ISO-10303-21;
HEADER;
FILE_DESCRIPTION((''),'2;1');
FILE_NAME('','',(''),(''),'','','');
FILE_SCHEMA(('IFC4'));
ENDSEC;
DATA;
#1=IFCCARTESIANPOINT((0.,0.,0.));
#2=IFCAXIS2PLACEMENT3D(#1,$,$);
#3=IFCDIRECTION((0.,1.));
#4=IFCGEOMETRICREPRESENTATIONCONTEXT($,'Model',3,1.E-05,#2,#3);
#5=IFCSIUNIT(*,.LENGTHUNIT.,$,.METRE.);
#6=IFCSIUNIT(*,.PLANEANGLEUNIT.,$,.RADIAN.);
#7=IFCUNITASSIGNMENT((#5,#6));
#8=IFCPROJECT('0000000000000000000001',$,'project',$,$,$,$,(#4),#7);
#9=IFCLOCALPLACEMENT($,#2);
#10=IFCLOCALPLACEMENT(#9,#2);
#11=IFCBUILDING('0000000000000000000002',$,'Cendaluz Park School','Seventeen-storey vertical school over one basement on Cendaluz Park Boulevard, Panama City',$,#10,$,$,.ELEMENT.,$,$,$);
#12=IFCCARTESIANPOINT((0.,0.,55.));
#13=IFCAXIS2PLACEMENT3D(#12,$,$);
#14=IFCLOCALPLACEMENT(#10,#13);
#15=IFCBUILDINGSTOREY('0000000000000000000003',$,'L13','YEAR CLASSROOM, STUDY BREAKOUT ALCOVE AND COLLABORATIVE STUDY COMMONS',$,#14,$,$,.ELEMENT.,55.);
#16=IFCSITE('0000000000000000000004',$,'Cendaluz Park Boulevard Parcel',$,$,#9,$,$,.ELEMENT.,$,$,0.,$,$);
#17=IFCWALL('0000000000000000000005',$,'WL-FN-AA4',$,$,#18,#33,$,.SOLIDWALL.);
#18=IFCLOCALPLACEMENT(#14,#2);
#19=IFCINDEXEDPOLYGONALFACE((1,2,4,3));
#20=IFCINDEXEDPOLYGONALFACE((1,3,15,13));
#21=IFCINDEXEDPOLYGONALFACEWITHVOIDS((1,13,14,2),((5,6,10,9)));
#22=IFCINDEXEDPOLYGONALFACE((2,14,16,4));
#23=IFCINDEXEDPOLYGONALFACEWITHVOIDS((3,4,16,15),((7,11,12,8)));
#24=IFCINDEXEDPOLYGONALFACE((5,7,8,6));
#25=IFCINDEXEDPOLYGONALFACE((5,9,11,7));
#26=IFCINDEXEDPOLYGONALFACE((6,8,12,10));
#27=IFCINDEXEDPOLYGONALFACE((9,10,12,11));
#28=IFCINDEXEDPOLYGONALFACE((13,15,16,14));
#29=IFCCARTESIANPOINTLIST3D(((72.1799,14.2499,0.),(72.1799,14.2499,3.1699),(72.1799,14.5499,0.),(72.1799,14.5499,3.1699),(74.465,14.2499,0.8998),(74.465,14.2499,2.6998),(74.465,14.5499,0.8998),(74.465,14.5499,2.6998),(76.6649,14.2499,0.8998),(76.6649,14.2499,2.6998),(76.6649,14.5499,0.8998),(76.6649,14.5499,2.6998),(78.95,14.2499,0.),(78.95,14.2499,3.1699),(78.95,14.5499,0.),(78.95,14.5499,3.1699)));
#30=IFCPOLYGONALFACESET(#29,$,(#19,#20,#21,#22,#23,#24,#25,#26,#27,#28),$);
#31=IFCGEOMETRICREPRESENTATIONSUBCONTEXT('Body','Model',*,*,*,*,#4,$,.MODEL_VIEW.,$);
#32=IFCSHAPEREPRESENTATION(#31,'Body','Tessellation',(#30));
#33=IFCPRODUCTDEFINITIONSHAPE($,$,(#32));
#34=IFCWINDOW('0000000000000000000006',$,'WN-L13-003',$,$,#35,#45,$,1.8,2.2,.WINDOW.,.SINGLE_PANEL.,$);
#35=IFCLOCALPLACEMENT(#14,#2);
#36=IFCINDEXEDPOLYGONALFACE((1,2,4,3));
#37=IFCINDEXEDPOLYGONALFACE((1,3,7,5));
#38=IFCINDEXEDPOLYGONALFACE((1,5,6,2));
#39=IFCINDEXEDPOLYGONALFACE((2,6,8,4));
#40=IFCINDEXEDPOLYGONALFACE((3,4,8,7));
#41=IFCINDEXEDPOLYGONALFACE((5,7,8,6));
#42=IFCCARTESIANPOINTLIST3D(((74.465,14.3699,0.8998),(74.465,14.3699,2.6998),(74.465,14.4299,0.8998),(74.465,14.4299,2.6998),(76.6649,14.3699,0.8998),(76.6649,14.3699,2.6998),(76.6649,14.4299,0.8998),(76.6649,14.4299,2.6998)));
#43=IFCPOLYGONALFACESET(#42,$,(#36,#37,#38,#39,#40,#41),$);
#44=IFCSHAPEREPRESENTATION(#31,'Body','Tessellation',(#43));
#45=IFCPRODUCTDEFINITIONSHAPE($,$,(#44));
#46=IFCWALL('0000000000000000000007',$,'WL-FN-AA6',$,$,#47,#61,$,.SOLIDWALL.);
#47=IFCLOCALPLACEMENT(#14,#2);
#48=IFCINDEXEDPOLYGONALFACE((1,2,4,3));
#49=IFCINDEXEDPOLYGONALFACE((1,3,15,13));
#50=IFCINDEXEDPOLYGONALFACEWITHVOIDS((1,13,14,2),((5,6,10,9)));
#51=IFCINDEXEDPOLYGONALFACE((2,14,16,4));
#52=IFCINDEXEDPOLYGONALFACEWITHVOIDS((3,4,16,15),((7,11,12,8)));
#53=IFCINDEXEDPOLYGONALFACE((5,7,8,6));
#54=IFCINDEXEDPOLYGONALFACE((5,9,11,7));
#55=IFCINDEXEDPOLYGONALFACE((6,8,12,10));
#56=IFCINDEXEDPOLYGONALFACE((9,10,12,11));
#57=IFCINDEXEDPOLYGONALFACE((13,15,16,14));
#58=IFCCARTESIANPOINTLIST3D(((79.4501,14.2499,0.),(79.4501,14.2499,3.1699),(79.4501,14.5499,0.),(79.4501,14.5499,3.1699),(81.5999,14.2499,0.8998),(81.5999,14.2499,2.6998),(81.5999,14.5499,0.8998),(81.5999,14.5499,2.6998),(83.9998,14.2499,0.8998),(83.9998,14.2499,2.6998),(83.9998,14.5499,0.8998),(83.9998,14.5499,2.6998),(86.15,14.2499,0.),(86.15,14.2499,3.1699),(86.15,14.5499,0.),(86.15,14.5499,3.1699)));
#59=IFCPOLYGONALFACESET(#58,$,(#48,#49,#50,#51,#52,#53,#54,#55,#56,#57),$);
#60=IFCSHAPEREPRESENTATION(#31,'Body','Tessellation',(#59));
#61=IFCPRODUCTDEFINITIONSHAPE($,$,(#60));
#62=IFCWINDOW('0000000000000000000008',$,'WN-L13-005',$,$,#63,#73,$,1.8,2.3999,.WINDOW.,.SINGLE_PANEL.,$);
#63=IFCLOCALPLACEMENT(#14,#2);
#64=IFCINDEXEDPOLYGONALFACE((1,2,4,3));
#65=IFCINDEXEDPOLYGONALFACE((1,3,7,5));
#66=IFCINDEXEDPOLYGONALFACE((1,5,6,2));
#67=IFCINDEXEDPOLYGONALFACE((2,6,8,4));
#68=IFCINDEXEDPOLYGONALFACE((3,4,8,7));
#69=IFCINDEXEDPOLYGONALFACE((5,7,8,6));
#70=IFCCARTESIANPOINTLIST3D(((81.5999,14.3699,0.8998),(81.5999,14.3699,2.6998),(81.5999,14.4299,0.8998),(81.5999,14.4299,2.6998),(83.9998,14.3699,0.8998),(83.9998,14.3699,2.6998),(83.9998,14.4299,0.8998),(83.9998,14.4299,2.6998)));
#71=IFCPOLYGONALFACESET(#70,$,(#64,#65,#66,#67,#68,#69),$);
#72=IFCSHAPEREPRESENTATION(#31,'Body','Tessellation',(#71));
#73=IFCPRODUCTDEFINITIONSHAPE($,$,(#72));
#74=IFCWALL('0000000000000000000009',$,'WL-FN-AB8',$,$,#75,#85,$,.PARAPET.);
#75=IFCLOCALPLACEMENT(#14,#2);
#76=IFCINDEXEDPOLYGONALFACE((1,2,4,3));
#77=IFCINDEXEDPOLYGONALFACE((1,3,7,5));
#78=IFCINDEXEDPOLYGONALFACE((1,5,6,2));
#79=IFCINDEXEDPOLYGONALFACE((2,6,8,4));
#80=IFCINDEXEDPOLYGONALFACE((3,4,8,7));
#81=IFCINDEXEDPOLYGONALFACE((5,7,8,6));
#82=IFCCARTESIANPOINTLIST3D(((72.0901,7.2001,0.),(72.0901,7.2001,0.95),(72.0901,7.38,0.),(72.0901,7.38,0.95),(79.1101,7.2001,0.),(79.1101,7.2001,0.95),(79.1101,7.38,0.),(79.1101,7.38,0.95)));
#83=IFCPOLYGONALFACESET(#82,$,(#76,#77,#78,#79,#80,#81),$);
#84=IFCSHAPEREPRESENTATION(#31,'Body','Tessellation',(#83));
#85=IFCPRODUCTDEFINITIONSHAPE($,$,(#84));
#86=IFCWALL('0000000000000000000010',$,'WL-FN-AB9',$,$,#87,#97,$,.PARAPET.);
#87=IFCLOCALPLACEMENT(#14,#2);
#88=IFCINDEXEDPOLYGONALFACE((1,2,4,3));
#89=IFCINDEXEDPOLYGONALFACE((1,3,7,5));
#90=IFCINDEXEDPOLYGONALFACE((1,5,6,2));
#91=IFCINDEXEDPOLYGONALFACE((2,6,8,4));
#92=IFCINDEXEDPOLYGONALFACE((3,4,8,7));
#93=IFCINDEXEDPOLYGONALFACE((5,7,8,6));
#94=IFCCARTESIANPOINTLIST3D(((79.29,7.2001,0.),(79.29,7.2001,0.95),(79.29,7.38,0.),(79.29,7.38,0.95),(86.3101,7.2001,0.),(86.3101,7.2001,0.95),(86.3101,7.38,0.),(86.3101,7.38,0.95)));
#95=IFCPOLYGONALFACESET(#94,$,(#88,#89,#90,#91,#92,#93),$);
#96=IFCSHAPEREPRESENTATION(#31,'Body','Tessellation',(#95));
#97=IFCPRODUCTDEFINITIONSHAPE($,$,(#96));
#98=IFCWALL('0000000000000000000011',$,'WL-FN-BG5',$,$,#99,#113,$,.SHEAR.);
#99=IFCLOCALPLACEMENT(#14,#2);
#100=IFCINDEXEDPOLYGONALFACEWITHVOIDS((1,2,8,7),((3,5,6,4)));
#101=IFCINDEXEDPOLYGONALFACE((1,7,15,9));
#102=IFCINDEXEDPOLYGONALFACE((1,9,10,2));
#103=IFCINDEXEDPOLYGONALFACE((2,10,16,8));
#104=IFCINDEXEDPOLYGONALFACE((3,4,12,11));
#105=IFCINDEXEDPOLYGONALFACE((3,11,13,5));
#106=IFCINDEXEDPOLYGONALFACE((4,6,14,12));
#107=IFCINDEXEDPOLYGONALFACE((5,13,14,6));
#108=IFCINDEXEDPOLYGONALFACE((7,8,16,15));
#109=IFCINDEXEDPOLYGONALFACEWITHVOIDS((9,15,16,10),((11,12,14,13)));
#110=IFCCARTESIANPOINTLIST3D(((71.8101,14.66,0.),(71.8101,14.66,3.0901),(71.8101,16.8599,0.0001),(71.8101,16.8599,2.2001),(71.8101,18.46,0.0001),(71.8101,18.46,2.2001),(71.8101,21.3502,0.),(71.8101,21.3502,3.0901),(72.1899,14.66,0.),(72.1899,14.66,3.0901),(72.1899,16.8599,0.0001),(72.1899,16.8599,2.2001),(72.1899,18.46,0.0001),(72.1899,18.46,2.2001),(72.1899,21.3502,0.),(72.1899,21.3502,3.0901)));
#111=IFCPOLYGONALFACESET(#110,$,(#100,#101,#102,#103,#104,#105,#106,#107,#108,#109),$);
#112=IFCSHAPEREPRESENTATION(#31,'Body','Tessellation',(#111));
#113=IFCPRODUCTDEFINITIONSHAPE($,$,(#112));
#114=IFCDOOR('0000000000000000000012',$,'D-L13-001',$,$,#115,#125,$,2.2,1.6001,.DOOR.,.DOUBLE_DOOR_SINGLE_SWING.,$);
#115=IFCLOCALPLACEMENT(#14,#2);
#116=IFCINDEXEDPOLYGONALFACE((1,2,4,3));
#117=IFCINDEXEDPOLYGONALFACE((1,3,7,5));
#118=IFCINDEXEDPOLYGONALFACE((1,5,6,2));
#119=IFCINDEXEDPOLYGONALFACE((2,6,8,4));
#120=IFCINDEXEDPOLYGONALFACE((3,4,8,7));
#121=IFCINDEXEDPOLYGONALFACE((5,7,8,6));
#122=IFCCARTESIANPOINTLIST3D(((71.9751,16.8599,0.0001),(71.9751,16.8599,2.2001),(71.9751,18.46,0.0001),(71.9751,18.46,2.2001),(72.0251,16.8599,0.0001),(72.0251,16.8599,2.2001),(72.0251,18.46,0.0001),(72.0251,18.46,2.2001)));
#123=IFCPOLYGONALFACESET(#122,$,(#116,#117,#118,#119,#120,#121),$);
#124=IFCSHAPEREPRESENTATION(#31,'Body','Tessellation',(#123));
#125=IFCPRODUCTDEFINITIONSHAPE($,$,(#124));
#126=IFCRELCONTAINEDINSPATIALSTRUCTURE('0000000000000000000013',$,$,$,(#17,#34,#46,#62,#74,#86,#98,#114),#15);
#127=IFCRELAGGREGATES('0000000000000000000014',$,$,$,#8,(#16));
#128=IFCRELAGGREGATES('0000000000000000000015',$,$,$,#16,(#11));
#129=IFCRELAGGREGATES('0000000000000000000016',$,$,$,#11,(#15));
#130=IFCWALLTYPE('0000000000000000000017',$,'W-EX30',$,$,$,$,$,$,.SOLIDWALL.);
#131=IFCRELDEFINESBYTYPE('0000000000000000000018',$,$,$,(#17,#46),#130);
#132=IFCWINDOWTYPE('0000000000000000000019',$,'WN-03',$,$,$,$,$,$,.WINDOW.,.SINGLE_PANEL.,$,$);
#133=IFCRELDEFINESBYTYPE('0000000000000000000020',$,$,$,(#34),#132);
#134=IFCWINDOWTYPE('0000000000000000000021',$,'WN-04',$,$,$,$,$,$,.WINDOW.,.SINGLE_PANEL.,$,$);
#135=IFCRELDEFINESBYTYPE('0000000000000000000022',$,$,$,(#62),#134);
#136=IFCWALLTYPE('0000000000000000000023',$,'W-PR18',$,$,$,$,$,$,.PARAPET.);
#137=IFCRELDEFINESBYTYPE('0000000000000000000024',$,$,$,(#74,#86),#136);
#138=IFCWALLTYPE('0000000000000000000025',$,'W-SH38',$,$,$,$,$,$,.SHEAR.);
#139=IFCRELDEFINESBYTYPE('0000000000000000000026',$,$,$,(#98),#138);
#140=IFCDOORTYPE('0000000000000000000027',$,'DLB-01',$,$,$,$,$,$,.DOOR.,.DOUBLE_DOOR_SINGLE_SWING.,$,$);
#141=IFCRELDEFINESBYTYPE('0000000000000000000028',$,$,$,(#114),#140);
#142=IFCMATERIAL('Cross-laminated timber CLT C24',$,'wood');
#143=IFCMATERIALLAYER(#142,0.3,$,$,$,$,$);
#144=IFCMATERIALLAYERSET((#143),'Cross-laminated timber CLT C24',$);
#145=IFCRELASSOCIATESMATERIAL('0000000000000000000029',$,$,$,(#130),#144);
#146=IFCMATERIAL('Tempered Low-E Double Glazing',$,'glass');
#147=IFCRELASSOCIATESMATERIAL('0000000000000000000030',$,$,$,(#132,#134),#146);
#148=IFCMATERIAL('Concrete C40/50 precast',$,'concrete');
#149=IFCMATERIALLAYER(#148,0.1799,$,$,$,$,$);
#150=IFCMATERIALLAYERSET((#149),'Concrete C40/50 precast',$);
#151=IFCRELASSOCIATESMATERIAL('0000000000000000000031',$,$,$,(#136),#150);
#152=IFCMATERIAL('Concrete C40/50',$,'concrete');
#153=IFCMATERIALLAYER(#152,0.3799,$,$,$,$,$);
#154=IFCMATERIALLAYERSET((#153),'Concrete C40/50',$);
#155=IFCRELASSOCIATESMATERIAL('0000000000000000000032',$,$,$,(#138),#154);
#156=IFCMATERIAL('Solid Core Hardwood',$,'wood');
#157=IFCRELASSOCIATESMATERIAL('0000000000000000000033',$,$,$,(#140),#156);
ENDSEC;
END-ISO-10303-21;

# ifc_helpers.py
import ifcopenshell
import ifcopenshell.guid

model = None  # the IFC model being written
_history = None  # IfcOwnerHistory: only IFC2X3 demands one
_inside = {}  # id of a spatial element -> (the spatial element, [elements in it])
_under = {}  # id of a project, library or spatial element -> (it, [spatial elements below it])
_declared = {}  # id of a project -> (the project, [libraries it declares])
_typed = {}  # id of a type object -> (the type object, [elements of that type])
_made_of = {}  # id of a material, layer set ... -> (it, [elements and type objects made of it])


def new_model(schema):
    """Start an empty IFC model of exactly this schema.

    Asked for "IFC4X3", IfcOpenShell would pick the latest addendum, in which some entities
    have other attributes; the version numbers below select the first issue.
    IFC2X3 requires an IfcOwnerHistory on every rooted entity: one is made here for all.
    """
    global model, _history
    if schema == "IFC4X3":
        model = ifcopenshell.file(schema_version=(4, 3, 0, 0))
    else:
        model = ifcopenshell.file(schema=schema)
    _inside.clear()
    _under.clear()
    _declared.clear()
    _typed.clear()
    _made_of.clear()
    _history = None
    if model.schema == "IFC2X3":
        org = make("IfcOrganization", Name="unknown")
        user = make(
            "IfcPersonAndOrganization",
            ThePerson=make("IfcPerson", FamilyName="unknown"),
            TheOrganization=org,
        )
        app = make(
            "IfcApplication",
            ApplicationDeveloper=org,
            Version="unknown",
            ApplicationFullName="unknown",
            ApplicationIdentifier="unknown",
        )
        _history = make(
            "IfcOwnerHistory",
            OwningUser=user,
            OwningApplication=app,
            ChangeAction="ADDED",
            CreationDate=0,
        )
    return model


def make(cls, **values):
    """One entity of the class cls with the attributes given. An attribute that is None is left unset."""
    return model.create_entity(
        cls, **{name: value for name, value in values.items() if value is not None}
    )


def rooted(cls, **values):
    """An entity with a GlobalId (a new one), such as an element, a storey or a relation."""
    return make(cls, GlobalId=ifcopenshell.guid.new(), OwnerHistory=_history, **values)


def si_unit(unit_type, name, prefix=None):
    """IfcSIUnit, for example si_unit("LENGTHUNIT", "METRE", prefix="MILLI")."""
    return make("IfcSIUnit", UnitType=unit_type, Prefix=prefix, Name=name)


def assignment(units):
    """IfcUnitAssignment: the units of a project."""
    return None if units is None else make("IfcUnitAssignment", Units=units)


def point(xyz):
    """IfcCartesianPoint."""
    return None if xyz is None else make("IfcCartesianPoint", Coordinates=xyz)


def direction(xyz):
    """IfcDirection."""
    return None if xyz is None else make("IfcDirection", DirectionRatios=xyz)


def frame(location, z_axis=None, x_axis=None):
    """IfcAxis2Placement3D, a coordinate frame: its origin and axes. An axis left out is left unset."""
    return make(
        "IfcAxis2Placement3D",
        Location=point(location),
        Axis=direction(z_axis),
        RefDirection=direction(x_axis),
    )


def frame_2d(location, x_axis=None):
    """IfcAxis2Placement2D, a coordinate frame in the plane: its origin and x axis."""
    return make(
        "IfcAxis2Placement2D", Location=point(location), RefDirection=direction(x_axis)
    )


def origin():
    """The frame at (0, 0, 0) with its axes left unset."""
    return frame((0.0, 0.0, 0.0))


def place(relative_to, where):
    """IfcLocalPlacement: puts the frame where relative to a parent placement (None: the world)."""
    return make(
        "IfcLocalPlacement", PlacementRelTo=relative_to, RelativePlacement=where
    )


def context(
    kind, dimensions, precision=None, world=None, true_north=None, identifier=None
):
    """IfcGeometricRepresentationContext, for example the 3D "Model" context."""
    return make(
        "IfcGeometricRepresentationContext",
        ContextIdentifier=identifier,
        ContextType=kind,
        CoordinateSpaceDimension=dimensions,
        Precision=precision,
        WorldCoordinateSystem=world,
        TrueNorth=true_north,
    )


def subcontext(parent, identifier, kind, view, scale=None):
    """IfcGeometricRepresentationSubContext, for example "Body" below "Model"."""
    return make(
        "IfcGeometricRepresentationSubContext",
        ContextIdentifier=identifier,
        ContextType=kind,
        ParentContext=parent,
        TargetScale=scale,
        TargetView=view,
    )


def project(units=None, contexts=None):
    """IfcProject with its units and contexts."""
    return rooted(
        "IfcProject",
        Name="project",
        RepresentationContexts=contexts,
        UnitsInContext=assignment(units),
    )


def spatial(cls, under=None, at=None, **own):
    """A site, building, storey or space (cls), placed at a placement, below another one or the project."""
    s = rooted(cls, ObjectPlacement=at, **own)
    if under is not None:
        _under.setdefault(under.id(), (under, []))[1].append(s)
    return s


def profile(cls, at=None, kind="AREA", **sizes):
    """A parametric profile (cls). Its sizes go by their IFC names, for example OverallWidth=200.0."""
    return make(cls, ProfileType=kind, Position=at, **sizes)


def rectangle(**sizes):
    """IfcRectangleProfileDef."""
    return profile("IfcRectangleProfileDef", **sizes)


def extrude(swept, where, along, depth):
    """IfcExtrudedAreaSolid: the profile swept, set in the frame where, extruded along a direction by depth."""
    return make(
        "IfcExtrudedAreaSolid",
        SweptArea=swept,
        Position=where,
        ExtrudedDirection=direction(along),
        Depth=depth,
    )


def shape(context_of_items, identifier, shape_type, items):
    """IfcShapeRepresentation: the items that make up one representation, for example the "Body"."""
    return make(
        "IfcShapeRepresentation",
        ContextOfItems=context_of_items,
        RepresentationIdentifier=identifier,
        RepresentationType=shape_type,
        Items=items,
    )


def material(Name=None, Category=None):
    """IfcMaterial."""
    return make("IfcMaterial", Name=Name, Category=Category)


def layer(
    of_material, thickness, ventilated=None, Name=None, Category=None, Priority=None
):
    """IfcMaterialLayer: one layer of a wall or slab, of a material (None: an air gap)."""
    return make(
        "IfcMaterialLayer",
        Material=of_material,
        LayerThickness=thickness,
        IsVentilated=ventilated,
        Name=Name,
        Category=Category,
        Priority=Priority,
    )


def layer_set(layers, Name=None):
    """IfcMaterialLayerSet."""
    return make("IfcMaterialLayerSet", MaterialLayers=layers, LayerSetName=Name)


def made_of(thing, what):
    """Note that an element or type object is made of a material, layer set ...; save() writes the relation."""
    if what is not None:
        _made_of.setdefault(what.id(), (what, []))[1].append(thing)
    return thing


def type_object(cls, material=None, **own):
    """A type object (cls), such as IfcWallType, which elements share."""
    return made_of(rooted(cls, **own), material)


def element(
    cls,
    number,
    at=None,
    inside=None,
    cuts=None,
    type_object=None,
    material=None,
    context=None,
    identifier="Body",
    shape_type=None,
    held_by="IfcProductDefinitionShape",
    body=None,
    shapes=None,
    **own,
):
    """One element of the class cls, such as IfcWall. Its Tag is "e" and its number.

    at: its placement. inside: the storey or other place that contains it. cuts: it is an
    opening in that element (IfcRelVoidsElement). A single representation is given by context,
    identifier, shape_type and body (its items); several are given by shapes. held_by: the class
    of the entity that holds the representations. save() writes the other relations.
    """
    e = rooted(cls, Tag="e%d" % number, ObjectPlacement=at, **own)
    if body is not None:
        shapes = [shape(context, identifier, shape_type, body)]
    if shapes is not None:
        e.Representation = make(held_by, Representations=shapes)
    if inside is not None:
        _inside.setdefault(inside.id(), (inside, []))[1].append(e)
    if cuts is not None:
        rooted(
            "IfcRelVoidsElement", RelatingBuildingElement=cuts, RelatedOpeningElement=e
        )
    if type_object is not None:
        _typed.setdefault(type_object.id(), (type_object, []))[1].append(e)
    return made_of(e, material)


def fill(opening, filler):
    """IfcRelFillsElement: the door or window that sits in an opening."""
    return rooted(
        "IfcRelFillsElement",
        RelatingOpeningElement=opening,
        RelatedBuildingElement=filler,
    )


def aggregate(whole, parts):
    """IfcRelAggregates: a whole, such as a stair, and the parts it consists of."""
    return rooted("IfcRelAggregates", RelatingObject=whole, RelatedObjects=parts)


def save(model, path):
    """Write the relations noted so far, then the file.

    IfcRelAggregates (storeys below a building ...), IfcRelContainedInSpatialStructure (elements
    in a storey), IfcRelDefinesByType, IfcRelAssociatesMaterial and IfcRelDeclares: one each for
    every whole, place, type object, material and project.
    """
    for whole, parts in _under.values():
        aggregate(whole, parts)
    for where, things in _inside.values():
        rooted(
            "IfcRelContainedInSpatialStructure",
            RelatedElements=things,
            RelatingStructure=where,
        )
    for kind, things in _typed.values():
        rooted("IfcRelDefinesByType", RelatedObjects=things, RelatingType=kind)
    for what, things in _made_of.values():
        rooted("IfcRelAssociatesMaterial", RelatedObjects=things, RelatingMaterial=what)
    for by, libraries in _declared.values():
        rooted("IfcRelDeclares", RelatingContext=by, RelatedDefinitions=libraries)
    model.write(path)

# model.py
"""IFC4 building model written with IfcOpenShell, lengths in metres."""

from ifc_helpers import new_model, si_unit, direction, frame, frame_2d, origin, place, context, subcontext, project, spatial, rectangle, extrude, material, layer, layer_set, type_object, element, fill, save


model = new_model("IFC4")

# Units and contexts
model_context = context("Model", 3, precision=1e-05, world=origin(), true_north=direction((0.0, 1.0)))
body_context = subcontext(model_context, "Body", "Model", "MODEL_VIEW")
ifc_project = project(units=[si_unit("LENGTHUNIT", "METRE"), si_unit("PLANEANGLEUNIT", "RADIAN")], contexts=[model_context])

# Site, building, storey
site_placement = place(None, origin())
site = spatial("IfcSite", under=ifc_project, at=site_placement, Name="Cendaluz Park Boulevard Parcel", CompositionType="ELEMENT", RefElevation=0.0)
building_placement = place(site_placement, origin())
building = spatial("IfcBuilding", under=site, at=building_placement, Name="Cendaluz Park School", Description="Seventeen-storey vertical school over one basement on Cendaluz Park Boulevard, Panama City", CompositionType="ELEMENT")
storey_placement = place(building_placement, frame((0.0, 0.0, 55.0)))
storey = spatial("IfcBuildingStorey", under=building, at=storey_placement, Name="L13", Description="YEAR CLASSROOM, STUDY BREAKOUT ALCOVE AND COLLABORATIVE STUDY COMMONS", CompositionType="ELEMENT", Elevation=55.0)

# Shared definitions
ifc_material_1 = material(Name="Solid Core Hardwood", Category="wood")

# Walls, openings, windows
ifc_material_2 = material(Name="Cross-laminated timber CLT C24", Category="wood")
ifc_layer_1 = layer(ifc_material_2, 0.3)
ifc_layer_set_1 = layer_set([ifc_layer_1], Name="Cross-laminated timber CLT C24")
wall_type_1 = type_object("IfcWallType", Name="W-EX30", PredefinedType="SOLIDWALL", material=ifc_layer_set_1)
wall_1_placement = place(storey_placement, frame((72.1799, 14.3999, 0.0), z_axis=(0.0, 0.0, 1.0), x_axis=(1.0, 0.0, 0.0)))
wall_1 = element("IfcWall", 1, at=wall_1_placement, inside=storey, type_object=wall_type_1, Name="WL-FN-AA4", PredefinedType="SOLIDWALL", context=body_context, shape_type="SweptSolid", body=[
    extrude(rectangle(XDim=6.77, YDim=0.3, at=frame_2d((3.385, 0.0))), origin(), (0.0, 0.0, 1.0), 3.1699),
])
opening_1_placement = place(wall_1_placement, frame((2.2849, 0.0, 0.8999)))
opening_1 = element("IfcOpeningElement", 2, at=opening_1_placement, cuts=wall_1, PredefinedType="OPENING", context=body_context, shape_type="SweptSolid", body=[
    extrude(rectangle(XDim=2.2, YDim=1.8, at=frame_2d((1.1001, 0.8999))), frame((0.0, 0.1621, 0.0), z_axis=(0.0, -1.0, 0.0), x_axis=(1.0, 0.0, 0.0)), (0.0, 0.0, 1.0), 0.324),
])
ifc_material_3 = material(Name="Tempered Low-E Double Glazing", Category="glass")
window_type_1 = type_object("IfcWindowType", Name="WN-03", PartitioningType="SINGLE_PANEL", PredefinedType="WINDOW", material=ifc_material_3)
window_1_placement = place(opening_1_placement, origin())
window_1 = element("IfcWindow", 3, at=window_1_placement, inside=storey, type_object=window_type_1, Name="WN-L13-003", OverallHeight=1.8, OverallWidth=2.2, PartitioningType="SINGLE_PANEL", PredefinedType="WINDOW", context=body_context, shape_type="SweptSolid", body=[
    extrude(rectangle(XDim=2.2, YDim=1.8, at=frame_2d((1.1001, 0.8999))), frame((0.0, 0.03, 0.0), z_axis=(0.0, -1.0, 0.0), x_axis=(1.0, 0.0, 0.0)), (0.0, 0.0, 1.0), 0.0601),
])
fill(opening_1, window_1)
wall_2_placement = place(storey_placement, frame((79.45, 14.3999, 0.0), z_axis=(0.0, 0.0, 1.0), x_axis=(1.0, 0.0, 0.0)))
wall_2 = element("IfcWall", 4, at=wall_2_placement, inside=storey, type_object=wall_type_1, Name="WL-FN-AA6", PredefinedType="SOLIDWALL", context=body_context, shape_type="SweptSolid", body=[
    extrude(rectangle(XDim=6.7, YDim=0.3, at=frame_2d((3.3501, 0.0))), origin(), (0.0, 0.0, 1.0), 3.1699),
])
opening_2_placement = place(wall_2_placement, frame((2.1499, 0.0, 0.8999)))
opening_2 = element("IfcOpeningElement", 5, at=opening_2_placement, cuts=wall_2, PredefinedType="OPENING", context=body_context, shape_type="SweptSolid", body=[
    extrude(rectangle(XDim=2.3999, YDim=1.8, at=frame_2d((1.2, 0.8999))), frame((0.0, 0.1621, 0.0), z_axis=(0.0, -1.0, 0.0), x_axis=(1.0, 0.0, 0.0)), (0.0, 0.0, 1.0), 0.324),
])
window_type_2 = type_object("IfcWindowType", Name="WN-04", PartitioningType="SINGLE_PANEL", PredefinedType="WINDOW", material=ifc_material_3)
window_2_placement = place(opening_2_placement, origin())
window_2 = element("IfcWindow", 6, at=window_2_placement, inside=storey, type_object=window_type_2, Name="WN-L13-005", OverallHeight=1.8, OverallWidth=2.3999, PartitioningType="SINGLE_PANEL", PredefinedType="WINDOW", context=body_context, shape_type="SweptSolid", body=[
    extrude(rectangle(XDim=2.3999, YDim=1.8, at=frame_2d((1.2, 0.8999))), frame((0.0, 0.03, 0.0), z_axis=(0.0, -1.0, 0.0), x_axis=(1.0, 0.0, 0.0)), (0.0, 0.0, 1.0), 0.0601),
])
fill(opening_2, window_2)

# Walls
ifc_material_4 = material(Name="Concrete C40/50 precast", Category="concrete")
ifc_layer_2 = layer(ifc_material_4, 0.1799)
ifc_layer_set_2 = layer_set([ifc_layer_2], Name="Concrete C40/50 precast")
wall_type_2 = type_object("IfcWallType", Name="W-PR18", PredefinedType="PARAPET", material=ifc_layer_set_2)
for number, where, z_axis, x_axis, name in (
    (7, (72.0901, 7.29, 0.0), (0.0, 0.0, 1.0), (1.0, 0.0, 0.0), "WL-FN-AB8"),
    (8, (79.29, 7.29, 0.0), (0.0, 0.0, 1.0), (1.0, 0.0, 0.0), "WL-FN-AB9"),
):
    element("IfcWall", number, at=place(storey_placement, frame(where, z_axis=z_axis, x_axis=x_axis)), inside=storey, type_object=wall_type_2, Name=name, PredefinedType="PARAPET", context=body_context, shape_type="SweptSolid", body=[
        extrude(rectangle(XDim=7.02, YDim=0.1799, at=frame_2d((3.51, 0.0))), origin(), (0.0, 0.0, 1.0), 0.95),
    ])

# Wall, opening, door
ifc_material_5 = material(Name="Concrete C40/50", Category="concrete")
ifc_layer_3 = layer(ifc_material_5, 0.3799)
ifc_layer_set_3 = layer_set([ifc_layer_3], Name="Concrete C40/50")
wall_type_3 = type_object("IfcWallType", Name="W-SH38", PredefinedType="SHEAR", material=ifc_layer_set_3)
wall_3_placement = place(storey_placement, frame((72.0, 14.6599, 0.0), z_axis=(0.0, 0.0, 1.0), x_axis=(0.0, 1.0, 0.0)))
wall_3 = element("IfcWall", 9, at=wall_3_placement, inside=storey, type_object=wall_type_3, Name="WL-FN-BG5", PredefinedType="SHEAR", context=body_context, shape_type="SweptSolid", body=[
    extrude(rectangle(XDim=6.6902, YDim=0.3799, at=frame_2d((3.3452, 0.0))), origin(), (0.0, 0.0, 1.0), 3.0901),
])
opening_3_placement = place(wall_3_placement, frame((2.2, 0.0, 0.0)))
opening_3 = element("IfcOpeningElement", 10, at=opening_3_placement, cuts=wall_3, PredefinedType="OPENING", context=body_context, shape_type="SweptSolid", body=[
    extrude(rectangle(XDim=1.6001, YDim=2.2, at=frame_2d((0.8, 1.1001))), frame((0.0, 0.2019, 0.0), z_axis=(0.0, -1.0, 0.0), x_axis=(1.0, 0.0, 0.0)), (0.0, 0.0, 1.0), 0.4038),
])
door_type_1 = type_object("IfcDoorType", Name="DLB-01", OperationType="DOUBLE_DOOR_SINGLE_SWING", PredefinedType="DOOR", material=ifc_material_1)
door_1_placement = place(opening_3_placement, origin())
door_1 = element("IfcDoor", 11, at=door_1_placement, inside=storey, type_object=door_type_1, Name="D-L13-001", OperationType="DOUBLE_DOOR_SINGLE_SWING", OverallHeight=2.2, OverallWidth=1.6001, PredefinedType="DOOR", context=body_context, shape_type="SweptSolid", body=[
    extrude(rectangle(XDim=1.6001, YDim=2.2, at=frame_2d((0.8, 1.1001))), frame((0.0, 0.0249, 0.0), z_axis=(0.0, -1.0, 0.0), x_axis=(1.0, 0.0, 0.0)), (0.0, 0.0, 1.0), 0.05),
])
fill(opening_3, door_1)

save(model, "model.ifc")
